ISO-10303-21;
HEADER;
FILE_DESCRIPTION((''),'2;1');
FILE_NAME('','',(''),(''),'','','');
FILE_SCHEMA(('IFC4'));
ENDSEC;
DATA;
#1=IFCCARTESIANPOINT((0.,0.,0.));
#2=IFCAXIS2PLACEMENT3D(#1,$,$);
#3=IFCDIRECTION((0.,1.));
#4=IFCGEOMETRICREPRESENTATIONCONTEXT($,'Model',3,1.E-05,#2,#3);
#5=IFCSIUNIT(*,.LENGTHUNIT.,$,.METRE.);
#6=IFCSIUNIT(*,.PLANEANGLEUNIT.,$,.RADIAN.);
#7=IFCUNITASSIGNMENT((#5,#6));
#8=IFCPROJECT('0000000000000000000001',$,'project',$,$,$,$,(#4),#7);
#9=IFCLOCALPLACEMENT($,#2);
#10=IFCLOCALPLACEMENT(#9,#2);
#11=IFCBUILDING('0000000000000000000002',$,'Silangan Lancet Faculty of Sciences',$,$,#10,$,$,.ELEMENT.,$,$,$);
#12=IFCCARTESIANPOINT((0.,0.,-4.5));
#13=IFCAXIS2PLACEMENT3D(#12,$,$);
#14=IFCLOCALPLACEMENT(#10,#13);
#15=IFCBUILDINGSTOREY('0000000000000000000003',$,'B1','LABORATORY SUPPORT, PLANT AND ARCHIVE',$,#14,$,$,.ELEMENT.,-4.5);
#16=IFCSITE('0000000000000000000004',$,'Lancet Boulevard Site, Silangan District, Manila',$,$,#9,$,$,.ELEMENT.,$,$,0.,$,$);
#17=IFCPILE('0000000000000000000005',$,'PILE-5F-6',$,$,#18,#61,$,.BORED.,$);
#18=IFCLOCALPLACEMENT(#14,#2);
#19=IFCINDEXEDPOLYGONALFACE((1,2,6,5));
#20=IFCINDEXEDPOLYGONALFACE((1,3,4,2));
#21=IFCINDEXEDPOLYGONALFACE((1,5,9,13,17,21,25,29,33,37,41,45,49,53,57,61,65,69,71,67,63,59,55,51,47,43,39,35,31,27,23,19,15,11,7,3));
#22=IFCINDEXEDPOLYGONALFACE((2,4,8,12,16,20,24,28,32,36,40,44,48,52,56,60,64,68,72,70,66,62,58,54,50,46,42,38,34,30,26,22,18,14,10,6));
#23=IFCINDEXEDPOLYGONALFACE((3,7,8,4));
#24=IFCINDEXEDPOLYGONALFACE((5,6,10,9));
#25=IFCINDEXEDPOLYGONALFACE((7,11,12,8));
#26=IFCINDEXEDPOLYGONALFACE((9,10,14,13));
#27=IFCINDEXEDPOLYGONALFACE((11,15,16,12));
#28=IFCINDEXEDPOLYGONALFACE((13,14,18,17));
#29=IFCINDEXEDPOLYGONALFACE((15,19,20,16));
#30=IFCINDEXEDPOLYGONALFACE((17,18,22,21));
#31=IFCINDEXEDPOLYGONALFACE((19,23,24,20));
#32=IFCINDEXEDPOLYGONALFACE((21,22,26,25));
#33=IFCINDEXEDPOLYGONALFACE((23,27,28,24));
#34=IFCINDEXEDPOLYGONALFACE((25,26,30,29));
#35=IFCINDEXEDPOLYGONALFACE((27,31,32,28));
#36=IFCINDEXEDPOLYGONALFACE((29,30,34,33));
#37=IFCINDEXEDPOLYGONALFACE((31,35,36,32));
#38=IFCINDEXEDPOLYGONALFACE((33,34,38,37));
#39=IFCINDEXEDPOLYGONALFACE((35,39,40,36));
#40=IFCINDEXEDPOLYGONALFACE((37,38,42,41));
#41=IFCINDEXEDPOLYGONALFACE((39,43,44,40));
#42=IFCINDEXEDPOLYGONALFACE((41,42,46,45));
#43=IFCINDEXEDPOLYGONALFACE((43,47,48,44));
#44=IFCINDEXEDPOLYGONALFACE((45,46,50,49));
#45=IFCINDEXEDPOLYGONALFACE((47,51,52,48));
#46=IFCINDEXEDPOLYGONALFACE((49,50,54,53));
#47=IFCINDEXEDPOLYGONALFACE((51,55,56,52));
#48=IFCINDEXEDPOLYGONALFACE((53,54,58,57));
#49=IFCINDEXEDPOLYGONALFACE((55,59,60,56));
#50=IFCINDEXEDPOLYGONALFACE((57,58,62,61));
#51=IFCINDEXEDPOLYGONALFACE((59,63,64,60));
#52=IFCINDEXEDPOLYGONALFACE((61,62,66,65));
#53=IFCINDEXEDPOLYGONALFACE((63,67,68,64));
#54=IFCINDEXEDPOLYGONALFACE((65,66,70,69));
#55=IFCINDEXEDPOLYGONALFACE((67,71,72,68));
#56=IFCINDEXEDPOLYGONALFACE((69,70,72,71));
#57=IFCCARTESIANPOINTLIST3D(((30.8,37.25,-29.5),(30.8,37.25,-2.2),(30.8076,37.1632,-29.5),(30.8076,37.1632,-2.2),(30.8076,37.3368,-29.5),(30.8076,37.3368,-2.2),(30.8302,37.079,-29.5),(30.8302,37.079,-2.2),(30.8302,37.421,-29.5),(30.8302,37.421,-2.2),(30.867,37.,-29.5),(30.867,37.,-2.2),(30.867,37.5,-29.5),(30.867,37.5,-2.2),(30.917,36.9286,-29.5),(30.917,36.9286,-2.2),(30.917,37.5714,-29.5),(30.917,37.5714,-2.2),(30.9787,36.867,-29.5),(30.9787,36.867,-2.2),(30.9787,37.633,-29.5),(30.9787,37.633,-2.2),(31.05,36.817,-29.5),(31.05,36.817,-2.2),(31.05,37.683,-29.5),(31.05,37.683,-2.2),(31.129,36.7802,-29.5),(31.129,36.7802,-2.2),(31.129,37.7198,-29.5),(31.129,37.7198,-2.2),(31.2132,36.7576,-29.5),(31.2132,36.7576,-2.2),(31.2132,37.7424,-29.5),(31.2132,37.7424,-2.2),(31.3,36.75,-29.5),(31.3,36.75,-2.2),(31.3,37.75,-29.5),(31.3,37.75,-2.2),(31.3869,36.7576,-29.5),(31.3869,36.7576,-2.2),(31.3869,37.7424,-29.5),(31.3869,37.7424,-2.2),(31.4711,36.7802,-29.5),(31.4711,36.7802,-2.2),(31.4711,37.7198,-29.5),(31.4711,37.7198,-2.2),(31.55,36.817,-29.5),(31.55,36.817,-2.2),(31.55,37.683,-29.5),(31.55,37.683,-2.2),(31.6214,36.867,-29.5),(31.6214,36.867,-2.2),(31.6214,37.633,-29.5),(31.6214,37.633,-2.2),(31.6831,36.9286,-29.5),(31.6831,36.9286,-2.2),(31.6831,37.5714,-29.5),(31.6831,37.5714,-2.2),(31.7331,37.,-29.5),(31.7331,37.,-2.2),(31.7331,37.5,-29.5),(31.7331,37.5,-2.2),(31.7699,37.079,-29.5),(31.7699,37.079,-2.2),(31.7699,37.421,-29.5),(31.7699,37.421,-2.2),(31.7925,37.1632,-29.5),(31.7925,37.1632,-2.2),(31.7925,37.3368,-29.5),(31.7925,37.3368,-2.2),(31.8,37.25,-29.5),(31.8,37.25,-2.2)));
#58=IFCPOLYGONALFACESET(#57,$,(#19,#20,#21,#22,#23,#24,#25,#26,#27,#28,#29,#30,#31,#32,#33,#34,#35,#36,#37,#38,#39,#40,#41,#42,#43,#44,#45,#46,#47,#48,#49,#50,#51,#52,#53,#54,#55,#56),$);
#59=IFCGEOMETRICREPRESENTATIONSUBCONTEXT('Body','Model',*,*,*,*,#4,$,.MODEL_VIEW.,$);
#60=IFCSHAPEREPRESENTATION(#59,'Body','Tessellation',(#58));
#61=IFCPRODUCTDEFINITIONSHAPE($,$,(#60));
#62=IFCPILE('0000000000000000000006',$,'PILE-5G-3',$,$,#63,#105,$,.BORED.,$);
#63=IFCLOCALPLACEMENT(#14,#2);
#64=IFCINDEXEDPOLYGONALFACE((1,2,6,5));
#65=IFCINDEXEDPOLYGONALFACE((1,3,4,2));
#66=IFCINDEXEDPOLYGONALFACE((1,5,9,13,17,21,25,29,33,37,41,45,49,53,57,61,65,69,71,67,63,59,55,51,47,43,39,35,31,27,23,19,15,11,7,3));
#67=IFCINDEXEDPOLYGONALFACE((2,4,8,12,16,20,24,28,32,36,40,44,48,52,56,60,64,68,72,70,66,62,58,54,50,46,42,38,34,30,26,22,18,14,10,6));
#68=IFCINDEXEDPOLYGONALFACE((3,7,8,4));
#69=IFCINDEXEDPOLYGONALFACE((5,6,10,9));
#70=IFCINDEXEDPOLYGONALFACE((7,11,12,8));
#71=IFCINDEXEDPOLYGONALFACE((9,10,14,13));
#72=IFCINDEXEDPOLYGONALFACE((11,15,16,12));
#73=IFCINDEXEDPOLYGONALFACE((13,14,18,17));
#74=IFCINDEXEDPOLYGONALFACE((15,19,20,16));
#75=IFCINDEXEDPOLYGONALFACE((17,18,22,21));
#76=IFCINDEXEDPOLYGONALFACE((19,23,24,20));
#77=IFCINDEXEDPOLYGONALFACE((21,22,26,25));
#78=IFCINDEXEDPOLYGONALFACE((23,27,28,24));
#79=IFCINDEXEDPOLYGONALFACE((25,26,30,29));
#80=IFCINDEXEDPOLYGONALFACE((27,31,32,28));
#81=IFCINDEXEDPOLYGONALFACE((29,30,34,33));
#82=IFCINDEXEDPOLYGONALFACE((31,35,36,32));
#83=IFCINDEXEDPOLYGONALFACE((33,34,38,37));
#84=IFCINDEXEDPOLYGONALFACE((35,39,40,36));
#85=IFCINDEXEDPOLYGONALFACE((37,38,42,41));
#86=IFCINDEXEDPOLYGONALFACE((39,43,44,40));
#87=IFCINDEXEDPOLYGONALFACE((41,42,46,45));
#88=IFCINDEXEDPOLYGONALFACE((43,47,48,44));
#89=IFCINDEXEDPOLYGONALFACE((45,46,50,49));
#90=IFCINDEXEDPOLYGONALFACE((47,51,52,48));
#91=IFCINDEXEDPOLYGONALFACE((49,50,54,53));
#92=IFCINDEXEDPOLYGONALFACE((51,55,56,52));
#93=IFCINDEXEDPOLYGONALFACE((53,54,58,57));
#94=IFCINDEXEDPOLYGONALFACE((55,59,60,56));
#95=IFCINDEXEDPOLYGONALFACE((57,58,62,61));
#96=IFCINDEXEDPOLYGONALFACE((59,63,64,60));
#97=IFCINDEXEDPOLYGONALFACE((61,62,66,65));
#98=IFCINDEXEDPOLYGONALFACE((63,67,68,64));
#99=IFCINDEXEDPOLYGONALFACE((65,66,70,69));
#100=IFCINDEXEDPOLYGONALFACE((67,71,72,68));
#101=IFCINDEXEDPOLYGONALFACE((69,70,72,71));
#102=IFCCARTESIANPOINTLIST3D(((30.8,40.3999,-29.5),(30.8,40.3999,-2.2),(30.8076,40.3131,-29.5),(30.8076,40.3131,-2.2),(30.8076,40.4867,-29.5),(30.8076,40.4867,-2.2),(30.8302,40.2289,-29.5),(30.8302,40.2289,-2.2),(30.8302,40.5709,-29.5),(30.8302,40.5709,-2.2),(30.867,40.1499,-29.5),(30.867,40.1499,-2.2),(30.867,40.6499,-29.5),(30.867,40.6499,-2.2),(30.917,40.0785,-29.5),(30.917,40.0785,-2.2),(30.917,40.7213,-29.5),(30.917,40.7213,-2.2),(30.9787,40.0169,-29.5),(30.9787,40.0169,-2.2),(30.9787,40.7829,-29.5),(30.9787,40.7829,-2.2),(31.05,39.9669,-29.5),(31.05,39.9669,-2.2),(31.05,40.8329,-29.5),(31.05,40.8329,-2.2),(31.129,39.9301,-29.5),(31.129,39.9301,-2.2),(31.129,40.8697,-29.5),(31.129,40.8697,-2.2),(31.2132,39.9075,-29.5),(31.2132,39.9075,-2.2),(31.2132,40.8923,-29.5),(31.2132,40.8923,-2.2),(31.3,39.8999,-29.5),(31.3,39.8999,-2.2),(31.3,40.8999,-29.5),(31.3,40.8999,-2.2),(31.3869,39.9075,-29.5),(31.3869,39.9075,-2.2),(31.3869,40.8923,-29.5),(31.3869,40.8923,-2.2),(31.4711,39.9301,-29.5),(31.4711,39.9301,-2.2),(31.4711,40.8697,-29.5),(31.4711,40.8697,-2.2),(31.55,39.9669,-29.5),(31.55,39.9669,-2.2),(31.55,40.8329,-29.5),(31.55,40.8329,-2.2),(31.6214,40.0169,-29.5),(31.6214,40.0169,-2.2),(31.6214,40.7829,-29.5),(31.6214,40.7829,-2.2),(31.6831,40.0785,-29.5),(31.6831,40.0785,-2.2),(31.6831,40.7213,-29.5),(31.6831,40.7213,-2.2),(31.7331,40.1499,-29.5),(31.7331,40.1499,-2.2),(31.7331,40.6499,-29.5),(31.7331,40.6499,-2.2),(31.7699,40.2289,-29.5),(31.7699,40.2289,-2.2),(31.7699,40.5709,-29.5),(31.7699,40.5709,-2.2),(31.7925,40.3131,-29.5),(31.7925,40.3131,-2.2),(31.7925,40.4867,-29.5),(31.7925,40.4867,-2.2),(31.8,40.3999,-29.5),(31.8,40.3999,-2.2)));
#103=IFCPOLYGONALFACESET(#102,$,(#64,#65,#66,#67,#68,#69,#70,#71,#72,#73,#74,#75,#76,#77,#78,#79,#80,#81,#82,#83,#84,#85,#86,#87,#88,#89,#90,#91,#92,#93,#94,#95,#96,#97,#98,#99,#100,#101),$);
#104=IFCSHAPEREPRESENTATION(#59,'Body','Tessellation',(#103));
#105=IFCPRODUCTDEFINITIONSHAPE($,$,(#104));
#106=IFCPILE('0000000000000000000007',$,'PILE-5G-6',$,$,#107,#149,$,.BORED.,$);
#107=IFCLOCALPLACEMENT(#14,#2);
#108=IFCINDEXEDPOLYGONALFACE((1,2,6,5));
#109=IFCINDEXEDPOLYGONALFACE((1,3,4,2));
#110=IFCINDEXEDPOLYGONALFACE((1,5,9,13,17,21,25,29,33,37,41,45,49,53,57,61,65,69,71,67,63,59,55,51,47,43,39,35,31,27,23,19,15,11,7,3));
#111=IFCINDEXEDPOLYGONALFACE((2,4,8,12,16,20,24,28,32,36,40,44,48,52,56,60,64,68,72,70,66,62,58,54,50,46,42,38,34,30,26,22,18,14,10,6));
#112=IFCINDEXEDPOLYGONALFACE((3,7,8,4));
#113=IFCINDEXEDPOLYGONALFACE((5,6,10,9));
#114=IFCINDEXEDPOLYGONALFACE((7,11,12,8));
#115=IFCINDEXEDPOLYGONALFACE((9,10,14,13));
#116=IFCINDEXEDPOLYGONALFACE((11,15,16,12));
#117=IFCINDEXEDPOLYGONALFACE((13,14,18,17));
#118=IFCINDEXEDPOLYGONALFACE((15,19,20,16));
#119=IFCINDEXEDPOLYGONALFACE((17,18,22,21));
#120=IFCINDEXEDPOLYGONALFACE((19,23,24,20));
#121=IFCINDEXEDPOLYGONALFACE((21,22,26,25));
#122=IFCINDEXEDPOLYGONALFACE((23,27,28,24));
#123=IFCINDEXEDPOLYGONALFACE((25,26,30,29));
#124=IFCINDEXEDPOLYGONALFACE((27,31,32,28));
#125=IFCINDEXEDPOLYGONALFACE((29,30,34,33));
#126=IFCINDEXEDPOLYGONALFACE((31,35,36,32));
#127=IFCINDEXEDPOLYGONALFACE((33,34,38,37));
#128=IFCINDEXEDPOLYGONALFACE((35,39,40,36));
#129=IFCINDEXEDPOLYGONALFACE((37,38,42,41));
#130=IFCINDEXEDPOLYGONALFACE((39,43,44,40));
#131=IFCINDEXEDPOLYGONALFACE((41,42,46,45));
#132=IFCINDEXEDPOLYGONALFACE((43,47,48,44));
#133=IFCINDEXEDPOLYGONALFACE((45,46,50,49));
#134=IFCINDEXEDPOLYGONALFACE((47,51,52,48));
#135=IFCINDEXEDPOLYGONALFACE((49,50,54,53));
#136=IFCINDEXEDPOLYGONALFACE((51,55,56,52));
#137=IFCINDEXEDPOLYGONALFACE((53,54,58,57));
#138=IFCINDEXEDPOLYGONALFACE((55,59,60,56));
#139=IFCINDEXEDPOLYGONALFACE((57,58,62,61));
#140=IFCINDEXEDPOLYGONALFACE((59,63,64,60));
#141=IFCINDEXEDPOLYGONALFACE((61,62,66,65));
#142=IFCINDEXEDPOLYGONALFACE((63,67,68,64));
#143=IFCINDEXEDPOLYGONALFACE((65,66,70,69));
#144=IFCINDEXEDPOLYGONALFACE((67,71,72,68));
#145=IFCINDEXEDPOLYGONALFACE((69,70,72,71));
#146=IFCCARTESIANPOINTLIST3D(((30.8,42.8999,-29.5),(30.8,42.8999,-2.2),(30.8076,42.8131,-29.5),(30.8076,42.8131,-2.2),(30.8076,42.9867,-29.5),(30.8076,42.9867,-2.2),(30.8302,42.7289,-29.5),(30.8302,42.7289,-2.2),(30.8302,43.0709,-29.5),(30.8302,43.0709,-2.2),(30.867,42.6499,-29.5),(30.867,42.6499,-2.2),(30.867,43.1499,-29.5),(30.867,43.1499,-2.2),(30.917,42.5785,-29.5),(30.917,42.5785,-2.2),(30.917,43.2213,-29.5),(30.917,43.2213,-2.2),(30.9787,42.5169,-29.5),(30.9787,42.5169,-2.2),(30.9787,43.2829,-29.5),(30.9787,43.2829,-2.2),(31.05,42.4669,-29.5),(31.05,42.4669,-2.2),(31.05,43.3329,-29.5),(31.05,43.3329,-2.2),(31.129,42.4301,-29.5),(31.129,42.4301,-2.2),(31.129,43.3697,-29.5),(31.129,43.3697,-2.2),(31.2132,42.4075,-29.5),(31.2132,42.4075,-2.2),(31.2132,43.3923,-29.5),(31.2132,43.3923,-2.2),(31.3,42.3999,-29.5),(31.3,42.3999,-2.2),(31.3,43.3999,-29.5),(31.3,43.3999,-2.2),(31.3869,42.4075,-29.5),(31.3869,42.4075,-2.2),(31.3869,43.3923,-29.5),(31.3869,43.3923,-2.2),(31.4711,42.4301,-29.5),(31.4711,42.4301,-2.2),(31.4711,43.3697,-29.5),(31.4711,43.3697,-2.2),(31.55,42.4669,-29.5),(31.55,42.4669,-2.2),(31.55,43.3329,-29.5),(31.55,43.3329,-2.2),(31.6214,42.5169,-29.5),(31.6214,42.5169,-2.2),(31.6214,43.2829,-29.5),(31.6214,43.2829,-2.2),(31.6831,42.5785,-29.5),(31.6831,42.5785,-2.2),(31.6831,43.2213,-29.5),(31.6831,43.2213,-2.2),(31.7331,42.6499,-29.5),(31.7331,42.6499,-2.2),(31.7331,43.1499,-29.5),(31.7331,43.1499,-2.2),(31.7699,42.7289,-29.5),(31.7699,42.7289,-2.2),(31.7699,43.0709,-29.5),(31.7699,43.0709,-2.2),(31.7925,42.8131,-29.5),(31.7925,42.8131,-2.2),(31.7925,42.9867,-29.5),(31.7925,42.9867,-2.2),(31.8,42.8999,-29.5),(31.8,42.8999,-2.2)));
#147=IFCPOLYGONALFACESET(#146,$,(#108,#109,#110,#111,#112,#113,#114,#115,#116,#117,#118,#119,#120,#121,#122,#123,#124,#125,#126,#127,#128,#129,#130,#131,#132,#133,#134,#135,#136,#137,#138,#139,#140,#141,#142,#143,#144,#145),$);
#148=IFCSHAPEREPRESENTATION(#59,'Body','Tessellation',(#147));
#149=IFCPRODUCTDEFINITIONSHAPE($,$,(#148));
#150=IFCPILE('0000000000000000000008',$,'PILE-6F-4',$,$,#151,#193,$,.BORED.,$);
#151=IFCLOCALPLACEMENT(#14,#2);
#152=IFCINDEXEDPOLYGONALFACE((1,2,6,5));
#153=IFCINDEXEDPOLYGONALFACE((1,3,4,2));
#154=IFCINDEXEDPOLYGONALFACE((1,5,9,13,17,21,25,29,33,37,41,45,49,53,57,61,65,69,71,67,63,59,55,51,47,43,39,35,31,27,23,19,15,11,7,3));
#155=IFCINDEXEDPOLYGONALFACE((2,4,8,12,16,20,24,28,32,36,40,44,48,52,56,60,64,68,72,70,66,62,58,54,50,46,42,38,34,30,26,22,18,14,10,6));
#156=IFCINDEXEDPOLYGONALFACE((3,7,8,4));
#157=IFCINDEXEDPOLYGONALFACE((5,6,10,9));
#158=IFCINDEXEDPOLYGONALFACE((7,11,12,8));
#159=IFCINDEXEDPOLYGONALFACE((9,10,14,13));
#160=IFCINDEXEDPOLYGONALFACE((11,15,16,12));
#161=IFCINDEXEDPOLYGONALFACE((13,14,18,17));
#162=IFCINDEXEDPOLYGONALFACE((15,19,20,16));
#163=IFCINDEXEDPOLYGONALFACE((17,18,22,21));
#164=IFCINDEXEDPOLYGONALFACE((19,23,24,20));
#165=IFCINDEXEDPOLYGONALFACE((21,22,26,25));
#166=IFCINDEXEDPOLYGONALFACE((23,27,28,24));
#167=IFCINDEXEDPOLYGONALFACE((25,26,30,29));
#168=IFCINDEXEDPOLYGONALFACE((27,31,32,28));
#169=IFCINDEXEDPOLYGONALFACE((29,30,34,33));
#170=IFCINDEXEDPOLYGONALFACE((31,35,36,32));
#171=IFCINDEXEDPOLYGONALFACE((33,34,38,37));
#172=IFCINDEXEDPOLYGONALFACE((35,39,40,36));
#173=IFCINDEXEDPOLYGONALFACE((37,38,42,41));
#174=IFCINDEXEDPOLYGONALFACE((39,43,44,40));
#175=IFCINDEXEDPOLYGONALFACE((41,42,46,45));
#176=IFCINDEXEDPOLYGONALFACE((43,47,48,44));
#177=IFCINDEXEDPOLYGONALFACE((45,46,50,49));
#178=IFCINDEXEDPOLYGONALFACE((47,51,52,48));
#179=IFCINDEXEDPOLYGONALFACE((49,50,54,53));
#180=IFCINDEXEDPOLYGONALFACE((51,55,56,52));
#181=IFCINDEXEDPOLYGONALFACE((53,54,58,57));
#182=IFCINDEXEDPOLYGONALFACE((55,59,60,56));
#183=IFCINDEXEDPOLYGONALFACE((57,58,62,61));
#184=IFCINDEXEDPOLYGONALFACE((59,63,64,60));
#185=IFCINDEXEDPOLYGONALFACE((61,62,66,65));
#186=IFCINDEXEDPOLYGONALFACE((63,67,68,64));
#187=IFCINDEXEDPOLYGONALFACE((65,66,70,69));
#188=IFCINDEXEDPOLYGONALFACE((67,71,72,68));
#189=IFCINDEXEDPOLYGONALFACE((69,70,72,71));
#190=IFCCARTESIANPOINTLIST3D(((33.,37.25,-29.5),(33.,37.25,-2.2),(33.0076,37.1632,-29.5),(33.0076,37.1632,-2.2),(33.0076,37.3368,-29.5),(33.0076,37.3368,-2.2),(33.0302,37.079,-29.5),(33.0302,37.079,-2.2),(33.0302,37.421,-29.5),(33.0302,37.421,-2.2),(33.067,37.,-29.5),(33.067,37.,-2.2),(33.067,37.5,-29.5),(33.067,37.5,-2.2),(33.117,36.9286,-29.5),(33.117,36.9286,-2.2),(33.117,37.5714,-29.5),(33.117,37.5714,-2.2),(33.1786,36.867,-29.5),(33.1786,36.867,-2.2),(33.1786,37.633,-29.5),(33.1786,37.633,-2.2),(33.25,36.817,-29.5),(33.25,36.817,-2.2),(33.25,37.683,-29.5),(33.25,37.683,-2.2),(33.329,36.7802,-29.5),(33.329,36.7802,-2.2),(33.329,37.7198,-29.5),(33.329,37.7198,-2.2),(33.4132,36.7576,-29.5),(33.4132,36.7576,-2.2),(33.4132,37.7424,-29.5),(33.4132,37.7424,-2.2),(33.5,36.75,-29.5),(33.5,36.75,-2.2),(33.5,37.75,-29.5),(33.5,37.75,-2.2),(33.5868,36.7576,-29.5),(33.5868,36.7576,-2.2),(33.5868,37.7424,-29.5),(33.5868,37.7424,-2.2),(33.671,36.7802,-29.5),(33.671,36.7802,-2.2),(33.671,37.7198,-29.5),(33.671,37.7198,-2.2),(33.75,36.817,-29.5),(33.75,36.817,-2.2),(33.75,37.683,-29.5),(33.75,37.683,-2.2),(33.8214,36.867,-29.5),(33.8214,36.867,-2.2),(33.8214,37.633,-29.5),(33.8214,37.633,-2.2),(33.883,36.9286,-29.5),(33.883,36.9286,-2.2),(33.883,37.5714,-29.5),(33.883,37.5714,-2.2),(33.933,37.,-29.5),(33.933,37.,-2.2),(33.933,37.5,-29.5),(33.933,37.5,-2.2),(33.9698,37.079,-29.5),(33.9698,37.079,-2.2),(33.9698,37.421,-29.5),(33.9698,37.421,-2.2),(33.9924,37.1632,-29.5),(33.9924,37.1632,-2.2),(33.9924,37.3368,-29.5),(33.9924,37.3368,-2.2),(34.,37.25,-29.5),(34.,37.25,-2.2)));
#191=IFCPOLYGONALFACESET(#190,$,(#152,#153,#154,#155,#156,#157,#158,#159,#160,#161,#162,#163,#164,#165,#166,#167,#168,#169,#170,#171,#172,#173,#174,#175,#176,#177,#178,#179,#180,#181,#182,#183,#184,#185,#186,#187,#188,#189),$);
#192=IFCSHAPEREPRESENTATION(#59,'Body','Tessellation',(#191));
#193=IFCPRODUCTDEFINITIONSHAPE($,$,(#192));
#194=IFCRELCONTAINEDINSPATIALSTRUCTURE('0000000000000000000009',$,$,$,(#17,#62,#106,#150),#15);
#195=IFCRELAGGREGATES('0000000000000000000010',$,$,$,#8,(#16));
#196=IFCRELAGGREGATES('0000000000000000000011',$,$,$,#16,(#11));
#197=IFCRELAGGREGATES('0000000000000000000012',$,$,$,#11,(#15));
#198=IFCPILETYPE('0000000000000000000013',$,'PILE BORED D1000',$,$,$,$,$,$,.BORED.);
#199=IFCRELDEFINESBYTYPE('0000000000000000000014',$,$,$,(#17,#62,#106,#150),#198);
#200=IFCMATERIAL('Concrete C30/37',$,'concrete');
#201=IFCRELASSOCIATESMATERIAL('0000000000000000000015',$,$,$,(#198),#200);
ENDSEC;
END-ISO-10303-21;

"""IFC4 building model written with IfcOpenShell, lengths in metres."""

from ifc_helpers import new_model, si_unit, direction, frame, origin, origin_2d, place, context, subcontext, project, spatial, circle, extrude, material, material_profile, profile_set, type_object, element, save


model = new_model("IFC4")

# Units and contexts
model_context = context("Model", 3, precision=1e-05, world=origin(), true_north=direction((0.0, 1.0)))
body_context = subcontext(model_context, "Body", "Model", "MODEL_VIEW")
ifc_project = project(units=[si_unit("LENGTHUNIT", "METRE"), si_unit("PLANEANGLEUNIT", "RADIAN")], contexts=[model_context])

# Site, building, storey
site_placement = place(None, origin())
site = spatial("IfcSite", under=ifc_project, at=site_placement, Name="Lancet Boulevard Site, Silangan District, Manila", CompositionType="ELEMENT", RefElevation=0.0)
building_placement = place(site_placement, origin())
building = spatial("IfcBuilding", under=site, at=building_placement, Name="Silangan Lancet Faculty of Sciences", CompositionType="ELEMENT")
storey_placement = place(building_placement, frame((0.0, 0.0, -4.5)))
storey = spatial("IfcBuildingStorey", under=building, at=storey_placement, Name="B1", Description="LABORATORY SUPPORT, PLANT AND ARCHIVE", CompositionType="ELEMENT", Elevation=-4.5)

# Piles
ifc_material_1 = material(Name="Concrete C30/37", Category="concrete")
ifc_material_profile_1 = material_profile(ifc_material_1, circle(Radius=0.5, at=origin_2d()), Name="BORED PILE D1000")
ifc_profile_set_1 = profile_set([ifc_material_profile_1], Name="Concrete C30/37")
pile_type = type_object("IfcPileType", Name="PILE BORED D1000", PredefinedType="BORED", material=ifc_profile_set_1)
for number, where, z_axis, x_axis, name in (
    (1, (31.3, 37.25, -2.2), (0.0, 0.0, -1.0), (1.0, 0.0, 0.0), "PILE-5F-6"),
    (2, (31.3, 40.3999, -2.2), (0.0, 0.0, -1.0), (1.0, 0.0, 0.0), "PILE-5G-3"),
    (3, (31.3, 42.8999, -2.2), (0.0, 0.0, -1.0), (1.0, 0.0, 0.0), "PILE-5G-6"),
    (4, (33.5, 37.25, -2.2), (0.0, 0.0, -1.0), (1.0, 0.0, 0.0), "PILE-6F-4"),
):
    element("IfcPile", number, at=place(storey_placement, frame(where, z_axis=z_axis, x_axis=x_axis)), inside=storey, type_object=pile_type, Name=name, PredefinedType="BORED", context=body_context, shape_type="SweptSolid", body=[
        extrude(circle(Radius=0.5, at=origin_2d()), origin(), (0.0, 0.0, 1.0), 27.3),
    ])

save(model, "model.ifc")
